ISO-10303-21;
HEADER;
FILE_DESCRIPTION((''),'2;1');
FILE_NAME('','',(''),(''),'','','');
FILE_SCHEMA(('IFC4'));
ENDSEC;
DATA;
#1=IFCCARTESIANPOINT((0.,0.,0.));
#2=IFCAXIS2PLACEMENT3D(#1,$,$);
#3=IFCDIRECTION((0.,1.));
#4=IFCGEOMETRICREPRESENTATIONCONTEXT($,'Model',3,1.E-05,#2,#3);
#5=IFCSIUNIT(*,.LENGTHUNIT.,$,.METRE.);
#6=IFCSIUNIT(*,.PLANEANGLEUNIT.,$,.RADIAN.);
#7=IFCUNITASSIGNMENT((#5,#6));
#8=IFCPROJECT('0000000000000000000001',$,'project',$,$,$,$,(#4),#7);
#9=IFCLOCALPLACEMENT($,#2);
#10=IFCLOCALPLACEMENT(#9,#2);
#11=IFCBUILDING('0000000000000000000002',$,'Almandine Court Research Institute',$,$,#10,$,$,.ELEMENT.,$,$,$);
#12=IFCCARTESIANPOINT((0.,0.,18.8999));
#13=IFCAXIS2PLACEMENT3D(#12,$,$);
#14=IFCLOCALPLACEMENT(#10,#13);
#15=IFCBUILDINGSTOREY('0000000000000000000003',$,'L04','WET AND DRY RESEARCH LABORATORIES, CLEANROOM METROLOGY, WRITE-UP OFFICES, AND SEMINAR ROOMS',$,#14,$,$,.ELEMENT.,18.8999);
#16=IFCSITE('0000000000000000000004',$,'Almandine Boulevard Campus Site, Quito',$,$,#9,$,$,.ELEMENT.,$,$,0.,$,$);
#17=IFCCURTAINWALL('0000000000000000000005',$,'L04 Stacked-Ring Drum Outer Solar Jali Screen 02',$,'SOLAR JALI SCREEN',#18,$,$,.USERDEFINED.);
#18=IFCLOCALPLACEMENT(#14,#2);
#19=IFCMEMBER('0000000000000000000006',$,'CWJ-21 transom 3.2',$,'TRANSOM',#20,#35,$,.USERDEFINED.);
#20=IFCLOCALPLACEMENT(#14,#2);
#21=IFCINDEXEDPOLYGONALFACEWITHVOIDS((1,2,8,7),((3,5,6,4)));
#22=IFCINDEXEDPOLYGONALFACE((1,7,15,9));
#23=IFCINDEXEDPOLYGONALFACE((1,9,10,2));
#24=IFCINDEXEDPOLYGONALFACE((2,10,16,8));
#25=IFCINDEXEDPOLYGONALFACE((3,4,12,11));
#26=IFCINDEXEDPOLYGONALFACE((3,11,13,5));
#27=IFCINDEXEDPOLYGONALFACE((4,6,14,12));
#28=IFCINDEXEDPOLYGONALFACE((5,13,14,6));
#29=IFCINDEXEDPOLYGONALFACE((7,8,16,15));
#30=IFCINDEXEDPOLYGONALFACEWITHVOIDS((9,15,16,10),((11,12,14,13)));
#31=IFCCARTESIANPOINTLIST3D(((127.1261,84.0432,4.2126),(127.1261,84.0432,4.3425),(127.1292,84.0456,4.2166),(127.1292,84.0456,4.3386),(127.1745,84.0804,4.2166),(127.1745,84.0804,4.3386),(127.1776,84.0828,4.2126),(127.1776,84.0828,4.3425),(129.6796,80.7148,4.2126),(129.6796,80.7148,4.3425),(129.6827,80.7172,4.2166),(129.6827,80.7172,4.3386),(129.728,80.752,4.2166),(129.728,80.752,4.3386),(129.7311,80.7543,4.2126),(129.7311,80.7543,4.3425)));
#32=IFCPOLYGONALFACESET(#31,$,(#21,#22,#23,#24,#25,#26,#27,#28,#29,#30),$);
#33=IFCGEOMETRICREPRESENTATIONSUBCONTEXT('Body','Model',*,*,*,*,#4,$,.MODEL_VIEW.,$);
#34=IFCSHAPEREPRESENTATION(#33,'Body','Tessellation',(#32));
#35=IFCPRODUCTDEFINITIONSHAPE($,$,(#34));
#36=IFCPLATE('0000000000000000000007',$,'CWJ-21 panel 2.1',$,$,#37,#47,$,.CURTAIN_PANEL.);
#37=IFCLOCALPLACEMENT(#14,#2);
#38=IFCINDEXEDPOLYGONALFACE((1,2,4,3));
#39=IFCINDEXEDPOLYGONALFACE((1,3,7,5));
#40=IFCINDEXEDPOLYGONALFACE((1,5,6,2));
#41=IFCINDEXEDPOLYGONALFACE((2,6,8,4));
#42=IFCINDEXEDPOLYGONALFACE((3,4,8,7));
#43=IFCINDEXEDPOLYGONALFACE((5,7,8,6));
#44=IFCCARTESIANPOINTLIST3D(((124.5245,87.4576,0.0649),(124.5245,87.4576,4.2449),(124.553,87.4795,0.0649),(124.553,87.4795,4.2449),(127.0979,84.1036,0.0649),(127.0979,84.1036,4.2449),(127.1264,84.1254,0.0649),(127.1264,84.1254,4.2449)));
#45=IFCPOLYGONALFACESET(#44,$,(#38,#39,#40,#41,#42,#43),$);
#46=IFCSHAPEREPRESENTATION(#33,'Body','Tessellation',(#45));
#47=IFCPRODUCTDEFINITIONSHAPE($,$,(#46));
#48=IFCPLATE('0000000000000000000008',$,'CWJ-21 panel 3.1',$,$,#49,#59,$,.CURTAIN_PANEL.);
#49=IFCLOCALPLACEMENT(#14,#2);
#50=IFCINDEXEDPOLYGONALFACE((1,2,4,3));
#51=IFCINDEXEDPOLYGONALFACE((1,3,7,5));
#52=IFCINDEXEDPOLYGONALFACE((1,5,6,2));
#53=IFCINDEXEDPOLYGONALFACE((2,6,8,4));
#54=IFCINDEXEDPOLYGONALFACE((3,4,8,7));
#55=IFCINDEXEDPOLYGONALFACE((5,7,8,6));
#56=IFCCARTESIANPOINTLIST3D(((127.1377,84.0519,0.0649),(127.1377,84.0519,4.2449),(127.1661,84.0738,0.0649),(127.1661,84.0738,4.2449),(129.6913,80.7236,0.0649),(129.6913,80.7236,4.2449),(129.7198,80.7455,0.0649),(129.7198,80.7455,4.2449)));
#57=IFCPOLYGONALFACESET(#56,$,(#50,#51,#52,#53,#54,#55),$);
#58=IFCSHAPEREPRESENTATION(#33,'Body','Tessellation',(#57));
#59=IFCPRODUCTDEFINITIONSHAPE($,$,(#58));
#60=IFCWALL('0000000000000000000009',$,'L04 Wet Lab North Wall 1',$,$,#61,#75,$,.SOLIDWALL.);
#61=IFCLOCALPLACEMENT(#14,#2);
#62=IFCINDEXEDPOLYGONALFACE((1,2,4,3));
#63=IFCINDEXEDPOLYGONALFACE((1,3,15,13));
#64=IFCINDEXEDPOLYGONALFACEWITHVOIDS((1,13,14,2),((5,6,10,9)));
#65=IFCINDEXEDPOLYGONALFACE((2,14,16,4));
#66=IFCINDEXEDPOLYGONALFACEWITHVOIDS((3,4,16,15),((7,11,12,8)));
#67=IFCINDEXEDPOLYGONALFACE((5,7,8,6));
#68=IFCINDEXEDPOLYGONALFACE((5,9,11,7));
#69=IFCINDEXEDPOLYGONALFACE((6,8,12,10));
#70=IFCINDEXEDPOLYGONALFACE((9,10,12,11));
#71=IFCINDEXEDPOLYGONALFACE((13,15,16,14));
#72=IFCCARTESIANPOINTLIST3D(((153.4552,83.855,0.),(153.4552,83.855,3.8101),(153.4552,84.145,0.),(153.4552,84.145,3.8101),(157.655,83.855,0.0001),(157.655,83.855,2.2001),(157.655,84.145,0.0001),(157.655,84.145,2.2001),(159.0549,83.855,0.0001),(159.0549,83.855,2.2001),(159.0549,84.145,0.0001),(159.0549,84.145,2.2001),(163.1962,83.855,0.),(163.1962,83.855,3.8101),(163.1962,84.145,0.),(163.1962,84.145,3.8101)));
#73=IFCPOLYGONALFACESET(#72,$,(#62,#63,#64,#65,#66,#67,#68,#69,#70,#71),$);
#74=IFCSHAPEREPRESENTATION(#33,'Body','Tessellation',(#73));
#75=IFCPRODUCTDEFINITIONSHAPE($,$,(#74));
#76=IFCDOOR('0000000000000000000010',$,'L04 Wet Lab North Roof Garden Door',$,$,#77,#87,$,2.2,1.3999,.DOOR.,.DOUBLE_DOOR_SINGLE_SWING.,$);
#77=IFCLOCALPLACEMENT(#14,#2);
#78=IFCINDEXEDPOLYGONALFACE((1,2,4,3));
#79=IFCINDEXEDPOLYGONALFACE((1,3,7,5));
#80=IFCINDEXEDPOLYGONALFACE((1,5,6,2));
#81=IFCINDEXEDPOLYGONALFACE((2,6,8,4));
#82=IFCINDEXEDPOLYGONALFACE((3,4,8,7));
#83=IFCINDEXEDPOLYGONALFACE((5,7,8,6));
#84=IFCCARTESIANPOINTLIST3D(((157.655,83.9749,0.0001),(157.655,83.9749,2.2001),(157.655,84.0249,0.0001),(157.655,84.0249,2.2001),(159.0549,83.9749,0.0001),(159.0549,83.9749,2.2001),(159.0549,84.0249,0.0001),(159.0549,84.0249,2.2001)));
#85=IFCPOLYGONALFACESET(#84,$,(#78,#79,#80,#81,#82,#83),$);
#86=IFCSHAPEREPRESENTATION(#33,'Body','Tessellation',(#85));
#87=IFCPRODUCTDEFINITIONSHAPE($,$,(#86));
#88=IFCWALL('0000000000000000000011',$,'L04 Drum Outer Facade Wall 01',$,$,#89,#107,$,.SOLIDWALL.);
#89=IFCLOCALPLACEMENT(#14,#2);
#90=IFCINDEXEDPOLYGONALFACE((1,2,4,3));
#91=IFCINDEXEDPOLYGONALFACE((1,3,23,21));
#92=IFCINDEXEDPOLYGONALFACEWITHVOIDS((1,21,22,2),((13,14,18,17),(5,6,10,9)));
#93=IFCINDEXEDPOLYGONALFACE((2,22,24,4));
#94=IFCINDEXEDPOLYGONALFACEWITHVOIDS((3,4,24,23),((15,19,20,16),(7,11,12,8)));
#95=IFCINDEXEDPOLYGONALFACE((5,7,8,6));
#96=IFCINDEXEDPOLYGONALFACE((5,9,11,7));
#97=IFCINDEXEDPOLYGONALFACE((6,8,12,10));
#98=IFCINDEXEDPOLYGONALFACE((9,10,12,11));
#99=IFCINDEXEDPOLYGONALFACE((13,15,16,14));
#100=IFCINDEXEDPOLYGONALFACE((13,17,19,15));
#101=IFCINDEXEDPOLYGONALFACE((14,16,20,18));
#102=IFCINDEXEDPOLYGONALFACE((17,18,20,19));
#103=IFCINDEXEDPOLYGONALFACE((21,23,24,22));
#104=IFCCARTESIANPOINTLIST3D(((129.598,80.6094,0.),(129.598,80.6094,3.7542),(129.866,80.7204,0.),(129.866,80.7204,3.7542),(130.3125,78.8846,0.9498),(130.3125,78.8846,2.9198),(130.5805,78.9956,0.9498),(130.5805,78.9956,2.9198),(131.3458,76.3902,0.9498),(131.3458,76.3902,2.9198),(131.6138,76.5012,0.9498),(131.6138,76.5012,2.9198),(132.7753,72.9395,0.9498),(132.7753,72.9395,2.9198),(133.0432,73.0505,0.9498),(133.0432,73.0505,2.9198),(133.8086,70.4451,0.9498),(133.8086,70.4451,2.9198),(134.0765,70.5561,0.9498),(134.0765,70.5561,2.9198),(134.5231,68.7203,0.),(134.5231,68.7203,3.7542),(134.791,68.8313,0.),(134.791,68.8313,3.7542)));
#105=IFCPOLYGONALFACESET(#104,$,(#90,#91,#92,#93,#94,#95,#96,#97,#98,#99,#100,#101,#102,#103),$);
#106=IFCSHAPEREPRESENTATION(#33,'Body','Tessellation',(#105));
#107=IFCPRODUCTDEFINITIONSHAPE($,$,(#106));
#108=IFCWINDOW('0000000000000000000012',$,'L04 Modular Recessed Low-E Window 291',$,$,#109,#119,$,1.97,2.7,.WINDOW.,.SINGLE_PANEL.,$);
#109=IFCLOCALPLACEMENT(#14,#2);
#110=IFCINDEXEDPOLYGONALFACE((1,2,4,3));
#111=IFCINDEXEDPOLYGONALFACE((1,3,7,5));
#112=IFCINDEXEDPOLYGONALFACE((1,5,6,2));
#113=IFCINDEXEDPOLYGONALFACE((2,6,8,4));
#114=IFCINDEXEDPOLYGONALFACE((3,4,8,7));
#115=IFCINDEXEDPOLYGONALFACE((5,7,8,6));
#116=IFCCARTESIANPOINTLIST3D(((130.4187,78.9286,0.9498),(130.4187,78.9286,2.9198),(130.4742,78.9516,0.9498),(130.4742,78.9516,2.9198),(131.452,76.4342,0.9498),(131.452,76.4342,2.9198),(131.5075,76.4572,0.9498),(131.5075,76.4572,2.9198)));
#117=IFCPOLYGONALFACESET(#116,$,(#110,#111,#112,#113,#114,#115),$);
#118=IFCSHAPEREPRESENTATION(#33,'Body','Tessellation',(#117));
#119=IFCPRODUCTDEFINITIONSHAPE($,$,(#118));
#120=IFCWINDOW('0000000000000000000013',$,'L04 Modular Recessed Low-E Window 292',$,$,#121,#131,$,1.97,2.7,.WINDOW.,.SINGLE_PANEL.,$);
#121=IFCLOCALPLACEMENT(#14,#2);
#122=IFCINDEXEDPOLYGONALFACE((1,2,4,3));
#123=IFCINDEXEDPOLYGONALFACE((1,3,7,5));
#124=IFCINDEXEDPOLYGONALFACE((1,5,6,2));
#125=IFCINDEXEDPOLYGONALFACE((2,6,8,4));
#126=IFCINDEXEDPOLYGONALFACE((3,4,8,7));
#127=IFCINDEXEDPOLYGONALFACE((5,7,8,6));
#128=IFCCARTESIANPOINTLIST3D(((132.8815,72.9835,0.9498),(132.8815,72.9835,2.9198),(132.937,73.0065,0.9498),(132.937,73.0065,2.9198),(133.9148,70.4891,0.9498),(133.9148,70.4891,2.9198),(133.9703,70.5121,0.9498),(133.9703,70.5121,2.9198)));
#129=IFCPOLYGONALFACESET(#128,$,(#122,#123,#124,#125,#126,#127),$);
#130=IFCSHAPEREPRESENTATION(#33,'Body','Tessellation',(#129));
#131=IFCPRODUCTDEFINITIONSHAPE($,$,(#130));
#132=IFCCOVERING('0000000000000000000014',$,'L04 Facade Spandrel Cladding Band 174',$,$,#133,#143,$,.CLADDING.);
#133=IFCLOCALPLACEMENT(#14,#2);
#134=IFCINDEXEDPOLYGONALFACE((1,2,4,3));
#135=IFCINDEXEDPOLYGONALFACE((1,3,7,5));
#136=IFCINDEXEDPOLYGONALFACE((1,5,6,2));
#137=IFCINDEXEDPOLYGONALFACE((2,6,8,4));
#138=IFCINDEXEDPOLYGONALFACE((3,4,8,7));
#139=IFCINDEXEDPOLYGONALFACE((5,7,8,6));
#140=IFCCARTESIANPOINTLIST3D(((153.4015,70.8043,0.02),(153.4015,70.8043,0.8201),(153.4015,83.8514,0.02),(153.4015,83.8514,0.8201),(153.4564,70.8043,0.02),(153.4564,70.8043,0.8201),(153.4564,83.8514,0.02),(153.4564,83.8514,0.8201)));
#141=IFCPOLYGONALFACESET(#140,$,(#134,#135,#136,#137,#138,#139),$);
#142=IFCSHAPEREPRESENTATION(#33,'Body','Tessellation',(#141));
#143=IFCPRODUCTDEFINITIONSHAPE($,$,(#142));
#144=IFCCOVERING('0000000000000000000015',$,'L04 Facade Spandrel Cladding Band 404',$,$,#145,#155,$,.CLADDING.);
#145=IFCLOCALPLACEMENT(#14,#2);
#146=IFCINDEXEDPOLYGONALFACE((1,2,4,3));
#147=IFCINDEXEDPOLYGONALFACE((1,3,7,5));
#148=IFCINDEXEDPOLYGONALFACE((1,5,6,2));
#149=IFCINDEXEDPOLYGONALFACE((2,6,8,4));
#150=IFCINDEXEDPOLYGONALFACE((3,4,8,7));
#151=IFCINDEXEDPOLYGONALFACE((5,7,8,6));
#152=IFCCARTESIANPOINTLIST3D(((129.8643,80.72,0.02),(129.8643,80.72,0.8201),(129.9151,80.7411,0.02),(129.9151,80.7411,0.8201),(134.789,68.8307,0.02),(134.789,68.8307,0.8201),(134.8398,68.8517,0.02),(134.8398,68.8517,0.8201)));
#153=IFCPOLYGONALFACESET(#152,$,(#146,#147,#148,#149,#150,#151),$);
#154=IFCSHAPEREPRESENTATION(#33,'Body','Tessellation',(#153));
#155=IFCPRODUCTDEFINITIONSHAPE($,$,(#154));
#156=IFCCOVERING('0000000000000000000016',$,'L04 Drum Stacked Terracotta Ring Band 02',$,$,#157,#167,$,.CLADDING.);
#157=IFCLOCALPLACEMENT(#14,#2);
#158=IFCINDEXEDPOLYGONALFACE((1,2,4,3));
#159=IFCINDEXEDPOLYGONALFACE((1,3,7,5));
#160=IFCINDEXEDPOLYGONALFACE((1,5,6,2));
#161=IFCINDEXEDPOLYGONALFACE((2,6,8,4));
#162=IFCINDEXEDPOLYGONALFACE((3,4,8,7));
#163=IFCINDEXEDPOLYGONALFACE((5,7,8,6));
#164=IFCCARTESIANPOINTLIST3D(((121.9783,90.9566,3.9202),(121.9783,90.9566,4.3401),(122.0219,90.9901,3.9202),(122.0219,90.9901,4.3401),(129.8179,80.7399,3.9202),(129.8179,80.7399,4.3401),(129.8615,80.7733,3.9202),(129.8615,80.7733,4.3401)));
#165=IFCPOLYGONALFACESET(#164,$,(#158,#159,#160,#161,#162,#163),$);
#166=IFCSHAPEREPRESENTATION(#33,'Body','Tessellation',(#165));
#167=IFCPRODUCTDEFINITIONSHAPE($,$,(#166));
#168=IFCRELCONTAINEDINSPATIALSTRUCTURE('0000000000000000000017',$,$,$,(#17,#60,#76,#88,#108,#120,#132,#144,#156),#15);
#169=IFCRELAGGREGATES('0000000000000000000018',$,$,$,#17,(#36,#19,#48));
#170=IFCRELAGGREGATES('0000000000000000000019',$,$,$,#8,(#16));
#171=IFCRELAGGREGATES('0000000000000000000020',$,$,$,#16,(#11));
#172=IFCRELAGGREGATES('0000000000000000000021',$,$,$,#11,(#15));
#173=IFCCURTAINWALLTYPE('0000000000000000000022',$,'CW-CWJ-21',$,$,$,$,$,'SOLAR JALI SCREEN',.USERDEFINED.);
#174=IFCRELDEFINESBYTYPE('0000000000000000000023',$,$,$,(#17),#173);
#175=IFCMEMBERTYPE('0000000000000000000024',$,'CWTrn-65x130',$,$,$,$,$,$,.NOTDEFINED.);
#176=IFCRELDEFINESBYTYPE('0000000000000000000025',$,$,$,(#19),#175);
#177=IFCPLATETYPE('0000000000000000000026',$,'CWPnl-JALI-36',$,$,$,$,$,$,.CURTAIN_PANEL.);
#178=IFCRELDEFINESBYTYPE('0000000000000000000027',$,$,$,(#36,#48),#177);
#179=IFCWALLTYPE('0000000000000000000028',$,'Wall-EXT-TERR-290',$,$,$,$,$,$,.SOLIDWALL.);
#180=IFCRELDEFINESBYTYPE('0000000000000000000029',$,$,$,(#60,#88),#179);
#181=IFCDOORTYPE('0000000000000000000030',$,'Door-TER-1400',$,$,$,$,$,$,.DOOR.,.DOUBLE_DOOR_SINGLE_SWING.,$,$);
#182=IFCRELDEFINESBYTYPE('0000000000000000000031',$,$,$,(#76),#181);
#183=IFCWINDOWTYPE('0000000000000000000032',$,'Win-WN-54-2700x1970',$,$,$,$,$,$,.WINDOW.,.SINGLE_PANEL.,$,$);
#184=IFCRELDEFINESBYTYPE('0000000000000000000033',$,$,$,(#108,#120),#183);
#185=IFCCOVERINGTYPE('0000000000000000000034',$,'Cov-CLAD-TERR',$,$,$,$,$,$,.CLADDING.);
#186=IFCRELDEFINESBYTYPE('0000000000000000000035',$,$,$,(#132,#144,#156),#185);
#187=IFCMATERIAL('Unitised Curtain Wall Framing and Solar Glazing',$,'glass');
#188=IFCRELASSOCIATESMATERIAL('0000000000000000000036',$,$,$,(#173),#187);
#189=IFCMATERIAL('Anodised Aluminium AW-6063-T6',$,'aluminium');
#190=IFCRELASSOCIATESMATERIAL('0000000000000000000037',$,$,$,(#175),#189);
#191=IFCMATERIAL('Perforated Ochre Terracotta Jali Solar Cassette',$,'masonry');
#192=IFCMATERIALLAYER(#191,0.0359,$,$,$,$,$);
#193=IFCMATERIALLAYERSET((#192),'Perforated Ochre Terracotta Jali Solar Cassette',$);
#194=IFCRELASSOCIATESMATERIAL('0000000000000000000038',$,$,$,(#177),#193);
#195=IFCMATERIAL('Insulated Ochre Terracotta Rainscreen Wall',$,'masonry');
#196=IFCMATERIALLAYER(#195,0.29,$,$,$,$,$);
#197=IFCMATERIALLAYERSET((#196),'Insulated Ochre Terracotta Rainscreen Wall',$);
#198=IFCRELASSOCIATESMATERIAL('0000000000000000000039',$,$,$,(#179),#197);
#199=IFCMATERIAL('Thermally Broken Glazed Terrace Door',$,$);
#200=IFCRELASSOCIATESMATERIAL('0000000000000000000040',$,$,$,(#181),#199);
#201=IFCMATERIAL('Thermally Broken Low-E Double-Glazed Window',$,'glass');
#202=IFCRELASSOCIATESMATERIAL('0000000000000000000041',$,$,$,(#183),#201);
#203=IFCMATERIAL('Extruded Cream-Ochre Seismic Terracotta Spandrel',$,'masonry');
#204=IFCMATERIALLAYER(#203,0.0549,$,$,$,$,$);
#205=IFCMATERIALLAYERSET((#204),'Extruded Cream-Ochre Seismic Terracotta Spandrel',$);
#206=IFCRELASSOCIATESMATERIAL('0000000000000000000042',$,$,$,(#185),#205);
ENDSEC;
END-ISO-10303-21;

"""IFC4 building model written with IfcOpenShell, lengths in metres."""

from ifc_helpers import new_model, si_unit, direction, frame, frame_2d, origin, origin_2d, place, context, subcontext, project, spatial, rectangle, hollow_rectangle, extrude, material, layer, layer_set, material_profile, profile_set, type_object, element, fill, aggregate, save


model = new_model("IFC4")

# Units and contexts
model_context = context("Model", 3, precision=1e-05, world=origin(), true_north=direction((0.0, 1.0)))
body_context = subcontext(model_context, "Body", "Model", "MODEL_VIEW")
ifc_project = project(units=[si_unit("LENGTHUNIT", "METRE"), si_unit("PLANEANGLEUNIT", "RADIAN")], contexts=[model_context])

# Site, building, storey
site_placement = place(None, origin())
site = spatial("IfcSite", under=ifc_project, at=site_placement, Name="Almandine Boulevard Campus Site, Quito", CompositionType="ELEMENT", RefElevation=0.0)
building_placement = place(site_placement, origin())
building = spatial("IfcBuilding", under=site, at=building_placement, Name="Almandine Court Research Institute", CompositionType="ELEMENT")
storey_placement = place(building_placement, frame((0.0, 0.0, 18.8999)))
storey = spatial("IfcBuildingStorey", under=building, at=storey_placement, Name="L04", Description="WET AND DRY RESEARCH LABORATORIES, CLEANROOM METROLOGY, WRITE-UP OFFICES, AND SEMINAR ROOMS", CompositionType="ELEMENT", Elevation=18.8999)

# Shared definitions
ifc_material_1 = material(Name="Unitised Curtain Wall Framing and Solar Glazing", Category="glass")
curtain_wall_type = type_object("IfcCurtainWallType", Name="CW-CWJ-21", ElementType="SOLAR JALI SCREEN", PredefinedType="USERDEFINED", material=ifc_material_1)
ifc_material_2 = material(Name="Anodised Aluminium AW-6063-T6", Category="aluminium")

# Curtain wall, member, plates
curtain_wall_1_placement = place(storey_placement, origin())
curtain_wall_1 = element("IfcCurtainWall", 1, at=curtain_wall_1_placement, inside=storey, type_object=curtain_wall_type, Name="L04 Stacked-Ring Drum Outer Solar Jali Screen 02", ObjectType="SOLAR JALI SCREEN", PredefinedType="USERDEFINED")
ifc_material_profile_1 = material_profile(ifc_material_2, hollow_rectangle(XDim=0.0649, YDim=0.1299, WallThickness=0.0039, at=origin_2d()), Name="ALU RHS 65x130x4")
ifc_profile_set_1 = profile_set([ifc_material_profile_1], Name="Anodised Aluminium AW-6063-T6")
member_type_1 = type_object("IfcMemberType", Name="CWTrn-65x130", PredefinedType="NOTDEFINED", material=ifc_profile_set_1)
member_1_placement = place(storey_placement, frame((127.1519, 84.063, 4.2776), z_axis=(0.608689, -0.793409, 0.0), x_axis=(0.793409, 0.608689, 0.0)))
member_1 = element("IfcMember", 2, at=member_1_placement, type_object=member_type_1, Name="CWJ-21 transom 3.2", ObjectType="TRANSOM", PredefinedType="USERDEFINED", context=body_context, shape_type="SweptSolid", body=[
    extrude(hollow_rectangle(XDim=0.0649, YDim=0.1299, WallThickness=0.0039, at=origin_2d()), origin(), (0.0, 0.0, 1.0), 4.1951),
])
ifc_material_3 = material(Name="Perforated Ochre Terracotta Jali Solar Cassette", Category="masonry")
ifc_layer_1 = layer(ifc_material_3, 0.0359)
ifc_layer_set_1 = layer_set([ifc_layer_1], Name="Perforated Ochre Terracotta Jali Solar Cassette")
plate_type = type_object("IfcPlateType", Name="CWPnl-JALI-36", PredefinedType="CURTAIN_PANEL", material=ifc_layer_set_1)
plate_1_placement = place(storey_placement, frame((125.8254, 85.7915, 0.0649), z_axis=(0.0, 0.0, 1.0), x_axis=(0.608723, -0.793383, 0.0)))
plate_1 = element("IfcPlate", 3, at=plate_1_placement, type_object=plate_type, Name="CWJ-21 panel 2.1", PredefinedType="CURTAIN_PANEL", context=body_context, shape_type="SweptSolid", body=[
    extrude(rectangle(XDim=4.2275, YDim=0.0359, at=origin_2d()), origin(), (0.0, 0.0, 1.0), 4.1799),
])
plate_2_placement = place(storey_placement, frame((128.4287, 82.3987, 0.0649), z_axis=(0.0, 0.0, 1.0), x_axis=(0.608723, -0.793383, 0.0)))
plate_2 = element("IfcPlate", 4, at=plate_2_placement, type_object=plate_type, Name="CWJ-21 panel 3.1", PredefinedType="CURTAIN_PANEL", context=body_context, shape_type="SweptSolid", body=[
    extrude(rectangle(XDim=4.1951, YDim=0.0359, at=origin_2d()), origin(), (0.0, 0.0, 1.0), 4.1799),
])
aggregate(curtain_wall_1, [plate_1, member_1, plate_2])

# Wall, opening, door
ifc_material_4 = material(Name="Insulated Ochre Terracotta Rainscreen Wall", Category="masonry")
ifc_layer_2 = layer(ifc_material_4, 0.29)
ifc_layer_set_2 = layer_set([ifc_layer_2], Name="Insulated Ochre Terracotta Rainscreen Wall")
wall_type = type_object("IfcWallType", Name="Wall-EXT-TERR-290", PredefinedType="SOLIDWALL", material=ifc_layer_set_2)
wall_1_placement = place(storey_placement, frame((153.4551, 84.0, 0.0), z_axis=(0.0, 0.0, 1.0), x_axis=(1.0, 0.0, 0.0)))
wall_1 = element("IfcWall", 5, at=wall_1_placement, inside=storey, type_object=wall_type, Name="L04 Wet Lab North Wall 1", PredefinedType="SOLIDWALL", context=body_context, shape_type="SweptSolid", body=[
    extrude(rectangle(XDim=9.741, YDim=0.29, at=frame_2d((4.8706, 0.0))), origin(), (0.0, 0.0, 1.0), 3.8101),
])
opening_1_placement = place(wall_1_placement, frame((4.2, 0.0, 0.0)))
opening_1 = element("IfcOpeningElement", 6, at=opening_1_placement, cuts=wall_1, PredefinedType="OPENING", context=body_context, shape_type="SweptSolid", body=[
    extrude(rectangle(XDim=1.3999, YDim=2.2, at=frame_2d((0.7, 1.1001))), frame((0.0, 0.155, 0.0), z_axis=(0.0, -1.0, 0.0), x_axis=(1.0, 0.0, 0.0)), (0.0, 0.0, 1.0), 0.3101),
])
ifc_material_5 = material(Name="Thermally Broken Glazed Terrace Door")
door_type = type_object("IfcDoorType", Name="Door-TER-1400", OperationType="DOUBLE_DOOR_SINGLE_SWING", PredefinedType="DOOR", material=ifc_material_5)
door_placement = place(opening_1_placement, origin())
door = element("IfcDoor", 7, at=door_placement, inside=storey, type_object=door_type, Name="L04 Wet Lab North Roof Garden Door", OperationType="DOUBLE_DOOR_SINGLE_SWING", OverallHeight=2.2, OverallWidth=1.3999, PredefinedType="DOOR", context=body_context, shape_type="SweptSolid", body=[
    extrude(rectangle(XDim=1.3999, YDim=2.2, at=frame_2d((0.7, 1.1001))), frame((0.0, 0.0249, 0.0), z_axis=(0.0, -1.0, 0.0), x_axis=(1.0, 0.0, 0.0)), (0.0, 0.0, 1.0), 0.05),
])
fill(opening_1, door)

# Wall, openings, windows
wall_2_placement = place(storey_placement, frame((129.7319, 80.665, 0.0), z_axis=(0.0, 0.0, 1.0), x_axis=(0.38271, -0.923869, 0.0)))
wall_2 = element("IfcWall", 8, at=wall_2_placement, inside=storey, type_object=wall_type, Name="L04 Drum Outer Facade Wall 01", PredefinedType="SOLIDWALL", context=body_context, shape_type="SweptSolid", body=[
    extrude(rectangle(XDim=12.8689, YDim=0.29, at=frame_2d((6.4346, 0.0))), origin(), (0.0, 0.0, 1.0), 3.7542),
])
opening_2_placement = place(wall_2_placement, frame((1.8669, 0.0, 0.95)))
opening_2 = element("IfcOpeningElement", 9, at=opening_2_placement, cuts=wall_2, PredefinedType="OPENING", context=body_context, shape_type="SweptSolid", body=[
    extrude(rectangle(XDim=2.7, YDim=1.97, at=frame_2d((1.3501, 0.9849))), frame((0.0, 0.155, 0.0), z_axis=(0.0, -1.0, 0.0), x_axis=(1.0, 0.0, 0.0)), (0.0, 0.0, 1.0), 0.3101),
])
opening_3_placement = place(wall_2_placement, frame((8.302, 0.0, 0.95)))
opening_3 = element("IfcOpeningElement", 10, at=opening_3_placement, cuts=wall_2, PredefinedType="OPENING", context=body_context, shape_type="SweptSolid", body=[
    extrude(rectangle(XDim=2.7, YDim=1.97, at=frame_2d((1.3501, 0.9849))), frame((0.0, 0.155, 0.0), z_axis=(0.0, -1.0, 0.0), x_axis=(1.0, 0.0, 0.0)), (0.0, 0.0, 1.0), 0.3101),
])
ifc_material_6 = material(Name="Thermally Broken Low-E Double-Glazed Window", Category="glass")
window_type = type_object("IfcWindowType", Name="Win-WN-54-2700x1970", PartitioningType="SINGLE_PANEL", PredefinedType="WINDOW", material=ifc_material_6)
window_1_placement = place(opening_2_placement, origin())
window_1 = element("IfcWindow", 11, at=window_1_placement, inside=storey, type_object=window_type, Name="L04 Modular Recessed Low-E Window 291", OverallHeight=1.97, OverallWidth=2.7, PartitioningType="SINGLE_PANEL", PredefinedType="WINDOW", context=body_context, shape_type="SweptSolid", body=[
    extrude(rectangle(XDim=2.7, YDim=1.97, at=frame_2d((1.3501, 0.9849))), frame((0.0, 0.03, 0.0), z_axis=(0.0, -1.0, 0.0), x_axis=(1.0, 0.0, 0.0)), (0.0, 0.0, 1.0), 0.0601),
])
fill(opening_2, window_1)
window_2_placement = place(opening_3_placement, origin())
window_2 = element("IfcWindow", 12, at=window_2_placement, inside=storey, type_object=window_type, Name="L04 Modular Recessed Low-E Window 292", OverallHeight=1.97, OverallWidth=2.7, PartitioningType="SINGLE_PANEL", PredefinedType="WINDOW", context=body_context, shape_type="SweptSolid", body=[
    extrude(rectangle(XDim=2.7, YDim=1.97, at=frame_2d((1.3501, 0.9849))), frame((0.0, 0.03, 0.0), z_axis=(0.0, -1.0, 0.0), x_axis=(1.0, 0.0, 0.0)), (0.0, 0.0, 1.0), 0.0601),
])
fill(opening_3, window_2)

# Coverings
ifc_material_7 = material(Name="Extruded Cream-Ochre Seismic Terracotta Spandrel", Category="masonry")
ifc_layer_3 = layer(ifc_material_7, 0.0549)
ifc_layer_set_3 = layer_set([ifc_layer_3], Name="Extruded Cream-Ochre Seismic Terracotta Spandrel")
covering_type = type_object("IfcCoveringType", Name="Cov-CLAD-TERR", PredefinedType="CLADDING", material=ifc_layer_set_3)
covering_1_placement = place(storey_placement, frame((153.429, 77.3279, 0.02), z_axis=(0.0, 0.0, 1.0), x_axis=(0.0, 1.0, 0.0)))
element("IfcCovering", 13, at=covering_1_placement, inside=storey, type_object=covering_type, Name="L04 Facade Spandrel Cladding Band 174", PredefinedType="CLADDING", context=body_context, shape_type="SweptSolid", body=[
    extrude(rectangle(XDim=13.0471, YDim=0.0549, at=origin_2d()), origin(), (0.0, 0.0, 1.0), 0.8),
])
covering_2_placement = place(storey_placement, frame((132.3521, 74.7859, 0.02), z_axis=(0.0, 0.0, 1.0), x_axis=(0.382683, -0.92388, 0.0)))
element("IfcCovering", 14, at=covering_2_placement, inside=storey, type_object=covering_type, Name="L04 Facade Spandrel Cladding Band 404", PredefinedType="CLADDING", context=body_context, shape_type="SweptSolid", body=[
    extrude(rectangle(XDim=12.8689, YDim=0.0549, at=origin_2d()), origin(), (0.0, 0.0, 1.0), 0.8),
])
covering_3_placement = place(storey_placement, frame((125.9199, 85.865, 3.9202), z_axis=(0.0, 0.0, 1.0), x_axis=(0.608761, -0.793353, 0.0)))
element("IfcCovering", 15, at=covering_3_placement, inside=storey, type_object=covering_type, Name="L04 Drum Stacked Terracotta Ring Band 02", PredefinedType="CLADDING", context=body_context, shape_type="SweptSolid", body=[
    extrude(rectangle(XDim=12.8779, YDim=0.0549, at=origin_2d()), origin(), (0.0, 0.0, 1.0), 0.4199),
])

save(model, "model.ifc")
